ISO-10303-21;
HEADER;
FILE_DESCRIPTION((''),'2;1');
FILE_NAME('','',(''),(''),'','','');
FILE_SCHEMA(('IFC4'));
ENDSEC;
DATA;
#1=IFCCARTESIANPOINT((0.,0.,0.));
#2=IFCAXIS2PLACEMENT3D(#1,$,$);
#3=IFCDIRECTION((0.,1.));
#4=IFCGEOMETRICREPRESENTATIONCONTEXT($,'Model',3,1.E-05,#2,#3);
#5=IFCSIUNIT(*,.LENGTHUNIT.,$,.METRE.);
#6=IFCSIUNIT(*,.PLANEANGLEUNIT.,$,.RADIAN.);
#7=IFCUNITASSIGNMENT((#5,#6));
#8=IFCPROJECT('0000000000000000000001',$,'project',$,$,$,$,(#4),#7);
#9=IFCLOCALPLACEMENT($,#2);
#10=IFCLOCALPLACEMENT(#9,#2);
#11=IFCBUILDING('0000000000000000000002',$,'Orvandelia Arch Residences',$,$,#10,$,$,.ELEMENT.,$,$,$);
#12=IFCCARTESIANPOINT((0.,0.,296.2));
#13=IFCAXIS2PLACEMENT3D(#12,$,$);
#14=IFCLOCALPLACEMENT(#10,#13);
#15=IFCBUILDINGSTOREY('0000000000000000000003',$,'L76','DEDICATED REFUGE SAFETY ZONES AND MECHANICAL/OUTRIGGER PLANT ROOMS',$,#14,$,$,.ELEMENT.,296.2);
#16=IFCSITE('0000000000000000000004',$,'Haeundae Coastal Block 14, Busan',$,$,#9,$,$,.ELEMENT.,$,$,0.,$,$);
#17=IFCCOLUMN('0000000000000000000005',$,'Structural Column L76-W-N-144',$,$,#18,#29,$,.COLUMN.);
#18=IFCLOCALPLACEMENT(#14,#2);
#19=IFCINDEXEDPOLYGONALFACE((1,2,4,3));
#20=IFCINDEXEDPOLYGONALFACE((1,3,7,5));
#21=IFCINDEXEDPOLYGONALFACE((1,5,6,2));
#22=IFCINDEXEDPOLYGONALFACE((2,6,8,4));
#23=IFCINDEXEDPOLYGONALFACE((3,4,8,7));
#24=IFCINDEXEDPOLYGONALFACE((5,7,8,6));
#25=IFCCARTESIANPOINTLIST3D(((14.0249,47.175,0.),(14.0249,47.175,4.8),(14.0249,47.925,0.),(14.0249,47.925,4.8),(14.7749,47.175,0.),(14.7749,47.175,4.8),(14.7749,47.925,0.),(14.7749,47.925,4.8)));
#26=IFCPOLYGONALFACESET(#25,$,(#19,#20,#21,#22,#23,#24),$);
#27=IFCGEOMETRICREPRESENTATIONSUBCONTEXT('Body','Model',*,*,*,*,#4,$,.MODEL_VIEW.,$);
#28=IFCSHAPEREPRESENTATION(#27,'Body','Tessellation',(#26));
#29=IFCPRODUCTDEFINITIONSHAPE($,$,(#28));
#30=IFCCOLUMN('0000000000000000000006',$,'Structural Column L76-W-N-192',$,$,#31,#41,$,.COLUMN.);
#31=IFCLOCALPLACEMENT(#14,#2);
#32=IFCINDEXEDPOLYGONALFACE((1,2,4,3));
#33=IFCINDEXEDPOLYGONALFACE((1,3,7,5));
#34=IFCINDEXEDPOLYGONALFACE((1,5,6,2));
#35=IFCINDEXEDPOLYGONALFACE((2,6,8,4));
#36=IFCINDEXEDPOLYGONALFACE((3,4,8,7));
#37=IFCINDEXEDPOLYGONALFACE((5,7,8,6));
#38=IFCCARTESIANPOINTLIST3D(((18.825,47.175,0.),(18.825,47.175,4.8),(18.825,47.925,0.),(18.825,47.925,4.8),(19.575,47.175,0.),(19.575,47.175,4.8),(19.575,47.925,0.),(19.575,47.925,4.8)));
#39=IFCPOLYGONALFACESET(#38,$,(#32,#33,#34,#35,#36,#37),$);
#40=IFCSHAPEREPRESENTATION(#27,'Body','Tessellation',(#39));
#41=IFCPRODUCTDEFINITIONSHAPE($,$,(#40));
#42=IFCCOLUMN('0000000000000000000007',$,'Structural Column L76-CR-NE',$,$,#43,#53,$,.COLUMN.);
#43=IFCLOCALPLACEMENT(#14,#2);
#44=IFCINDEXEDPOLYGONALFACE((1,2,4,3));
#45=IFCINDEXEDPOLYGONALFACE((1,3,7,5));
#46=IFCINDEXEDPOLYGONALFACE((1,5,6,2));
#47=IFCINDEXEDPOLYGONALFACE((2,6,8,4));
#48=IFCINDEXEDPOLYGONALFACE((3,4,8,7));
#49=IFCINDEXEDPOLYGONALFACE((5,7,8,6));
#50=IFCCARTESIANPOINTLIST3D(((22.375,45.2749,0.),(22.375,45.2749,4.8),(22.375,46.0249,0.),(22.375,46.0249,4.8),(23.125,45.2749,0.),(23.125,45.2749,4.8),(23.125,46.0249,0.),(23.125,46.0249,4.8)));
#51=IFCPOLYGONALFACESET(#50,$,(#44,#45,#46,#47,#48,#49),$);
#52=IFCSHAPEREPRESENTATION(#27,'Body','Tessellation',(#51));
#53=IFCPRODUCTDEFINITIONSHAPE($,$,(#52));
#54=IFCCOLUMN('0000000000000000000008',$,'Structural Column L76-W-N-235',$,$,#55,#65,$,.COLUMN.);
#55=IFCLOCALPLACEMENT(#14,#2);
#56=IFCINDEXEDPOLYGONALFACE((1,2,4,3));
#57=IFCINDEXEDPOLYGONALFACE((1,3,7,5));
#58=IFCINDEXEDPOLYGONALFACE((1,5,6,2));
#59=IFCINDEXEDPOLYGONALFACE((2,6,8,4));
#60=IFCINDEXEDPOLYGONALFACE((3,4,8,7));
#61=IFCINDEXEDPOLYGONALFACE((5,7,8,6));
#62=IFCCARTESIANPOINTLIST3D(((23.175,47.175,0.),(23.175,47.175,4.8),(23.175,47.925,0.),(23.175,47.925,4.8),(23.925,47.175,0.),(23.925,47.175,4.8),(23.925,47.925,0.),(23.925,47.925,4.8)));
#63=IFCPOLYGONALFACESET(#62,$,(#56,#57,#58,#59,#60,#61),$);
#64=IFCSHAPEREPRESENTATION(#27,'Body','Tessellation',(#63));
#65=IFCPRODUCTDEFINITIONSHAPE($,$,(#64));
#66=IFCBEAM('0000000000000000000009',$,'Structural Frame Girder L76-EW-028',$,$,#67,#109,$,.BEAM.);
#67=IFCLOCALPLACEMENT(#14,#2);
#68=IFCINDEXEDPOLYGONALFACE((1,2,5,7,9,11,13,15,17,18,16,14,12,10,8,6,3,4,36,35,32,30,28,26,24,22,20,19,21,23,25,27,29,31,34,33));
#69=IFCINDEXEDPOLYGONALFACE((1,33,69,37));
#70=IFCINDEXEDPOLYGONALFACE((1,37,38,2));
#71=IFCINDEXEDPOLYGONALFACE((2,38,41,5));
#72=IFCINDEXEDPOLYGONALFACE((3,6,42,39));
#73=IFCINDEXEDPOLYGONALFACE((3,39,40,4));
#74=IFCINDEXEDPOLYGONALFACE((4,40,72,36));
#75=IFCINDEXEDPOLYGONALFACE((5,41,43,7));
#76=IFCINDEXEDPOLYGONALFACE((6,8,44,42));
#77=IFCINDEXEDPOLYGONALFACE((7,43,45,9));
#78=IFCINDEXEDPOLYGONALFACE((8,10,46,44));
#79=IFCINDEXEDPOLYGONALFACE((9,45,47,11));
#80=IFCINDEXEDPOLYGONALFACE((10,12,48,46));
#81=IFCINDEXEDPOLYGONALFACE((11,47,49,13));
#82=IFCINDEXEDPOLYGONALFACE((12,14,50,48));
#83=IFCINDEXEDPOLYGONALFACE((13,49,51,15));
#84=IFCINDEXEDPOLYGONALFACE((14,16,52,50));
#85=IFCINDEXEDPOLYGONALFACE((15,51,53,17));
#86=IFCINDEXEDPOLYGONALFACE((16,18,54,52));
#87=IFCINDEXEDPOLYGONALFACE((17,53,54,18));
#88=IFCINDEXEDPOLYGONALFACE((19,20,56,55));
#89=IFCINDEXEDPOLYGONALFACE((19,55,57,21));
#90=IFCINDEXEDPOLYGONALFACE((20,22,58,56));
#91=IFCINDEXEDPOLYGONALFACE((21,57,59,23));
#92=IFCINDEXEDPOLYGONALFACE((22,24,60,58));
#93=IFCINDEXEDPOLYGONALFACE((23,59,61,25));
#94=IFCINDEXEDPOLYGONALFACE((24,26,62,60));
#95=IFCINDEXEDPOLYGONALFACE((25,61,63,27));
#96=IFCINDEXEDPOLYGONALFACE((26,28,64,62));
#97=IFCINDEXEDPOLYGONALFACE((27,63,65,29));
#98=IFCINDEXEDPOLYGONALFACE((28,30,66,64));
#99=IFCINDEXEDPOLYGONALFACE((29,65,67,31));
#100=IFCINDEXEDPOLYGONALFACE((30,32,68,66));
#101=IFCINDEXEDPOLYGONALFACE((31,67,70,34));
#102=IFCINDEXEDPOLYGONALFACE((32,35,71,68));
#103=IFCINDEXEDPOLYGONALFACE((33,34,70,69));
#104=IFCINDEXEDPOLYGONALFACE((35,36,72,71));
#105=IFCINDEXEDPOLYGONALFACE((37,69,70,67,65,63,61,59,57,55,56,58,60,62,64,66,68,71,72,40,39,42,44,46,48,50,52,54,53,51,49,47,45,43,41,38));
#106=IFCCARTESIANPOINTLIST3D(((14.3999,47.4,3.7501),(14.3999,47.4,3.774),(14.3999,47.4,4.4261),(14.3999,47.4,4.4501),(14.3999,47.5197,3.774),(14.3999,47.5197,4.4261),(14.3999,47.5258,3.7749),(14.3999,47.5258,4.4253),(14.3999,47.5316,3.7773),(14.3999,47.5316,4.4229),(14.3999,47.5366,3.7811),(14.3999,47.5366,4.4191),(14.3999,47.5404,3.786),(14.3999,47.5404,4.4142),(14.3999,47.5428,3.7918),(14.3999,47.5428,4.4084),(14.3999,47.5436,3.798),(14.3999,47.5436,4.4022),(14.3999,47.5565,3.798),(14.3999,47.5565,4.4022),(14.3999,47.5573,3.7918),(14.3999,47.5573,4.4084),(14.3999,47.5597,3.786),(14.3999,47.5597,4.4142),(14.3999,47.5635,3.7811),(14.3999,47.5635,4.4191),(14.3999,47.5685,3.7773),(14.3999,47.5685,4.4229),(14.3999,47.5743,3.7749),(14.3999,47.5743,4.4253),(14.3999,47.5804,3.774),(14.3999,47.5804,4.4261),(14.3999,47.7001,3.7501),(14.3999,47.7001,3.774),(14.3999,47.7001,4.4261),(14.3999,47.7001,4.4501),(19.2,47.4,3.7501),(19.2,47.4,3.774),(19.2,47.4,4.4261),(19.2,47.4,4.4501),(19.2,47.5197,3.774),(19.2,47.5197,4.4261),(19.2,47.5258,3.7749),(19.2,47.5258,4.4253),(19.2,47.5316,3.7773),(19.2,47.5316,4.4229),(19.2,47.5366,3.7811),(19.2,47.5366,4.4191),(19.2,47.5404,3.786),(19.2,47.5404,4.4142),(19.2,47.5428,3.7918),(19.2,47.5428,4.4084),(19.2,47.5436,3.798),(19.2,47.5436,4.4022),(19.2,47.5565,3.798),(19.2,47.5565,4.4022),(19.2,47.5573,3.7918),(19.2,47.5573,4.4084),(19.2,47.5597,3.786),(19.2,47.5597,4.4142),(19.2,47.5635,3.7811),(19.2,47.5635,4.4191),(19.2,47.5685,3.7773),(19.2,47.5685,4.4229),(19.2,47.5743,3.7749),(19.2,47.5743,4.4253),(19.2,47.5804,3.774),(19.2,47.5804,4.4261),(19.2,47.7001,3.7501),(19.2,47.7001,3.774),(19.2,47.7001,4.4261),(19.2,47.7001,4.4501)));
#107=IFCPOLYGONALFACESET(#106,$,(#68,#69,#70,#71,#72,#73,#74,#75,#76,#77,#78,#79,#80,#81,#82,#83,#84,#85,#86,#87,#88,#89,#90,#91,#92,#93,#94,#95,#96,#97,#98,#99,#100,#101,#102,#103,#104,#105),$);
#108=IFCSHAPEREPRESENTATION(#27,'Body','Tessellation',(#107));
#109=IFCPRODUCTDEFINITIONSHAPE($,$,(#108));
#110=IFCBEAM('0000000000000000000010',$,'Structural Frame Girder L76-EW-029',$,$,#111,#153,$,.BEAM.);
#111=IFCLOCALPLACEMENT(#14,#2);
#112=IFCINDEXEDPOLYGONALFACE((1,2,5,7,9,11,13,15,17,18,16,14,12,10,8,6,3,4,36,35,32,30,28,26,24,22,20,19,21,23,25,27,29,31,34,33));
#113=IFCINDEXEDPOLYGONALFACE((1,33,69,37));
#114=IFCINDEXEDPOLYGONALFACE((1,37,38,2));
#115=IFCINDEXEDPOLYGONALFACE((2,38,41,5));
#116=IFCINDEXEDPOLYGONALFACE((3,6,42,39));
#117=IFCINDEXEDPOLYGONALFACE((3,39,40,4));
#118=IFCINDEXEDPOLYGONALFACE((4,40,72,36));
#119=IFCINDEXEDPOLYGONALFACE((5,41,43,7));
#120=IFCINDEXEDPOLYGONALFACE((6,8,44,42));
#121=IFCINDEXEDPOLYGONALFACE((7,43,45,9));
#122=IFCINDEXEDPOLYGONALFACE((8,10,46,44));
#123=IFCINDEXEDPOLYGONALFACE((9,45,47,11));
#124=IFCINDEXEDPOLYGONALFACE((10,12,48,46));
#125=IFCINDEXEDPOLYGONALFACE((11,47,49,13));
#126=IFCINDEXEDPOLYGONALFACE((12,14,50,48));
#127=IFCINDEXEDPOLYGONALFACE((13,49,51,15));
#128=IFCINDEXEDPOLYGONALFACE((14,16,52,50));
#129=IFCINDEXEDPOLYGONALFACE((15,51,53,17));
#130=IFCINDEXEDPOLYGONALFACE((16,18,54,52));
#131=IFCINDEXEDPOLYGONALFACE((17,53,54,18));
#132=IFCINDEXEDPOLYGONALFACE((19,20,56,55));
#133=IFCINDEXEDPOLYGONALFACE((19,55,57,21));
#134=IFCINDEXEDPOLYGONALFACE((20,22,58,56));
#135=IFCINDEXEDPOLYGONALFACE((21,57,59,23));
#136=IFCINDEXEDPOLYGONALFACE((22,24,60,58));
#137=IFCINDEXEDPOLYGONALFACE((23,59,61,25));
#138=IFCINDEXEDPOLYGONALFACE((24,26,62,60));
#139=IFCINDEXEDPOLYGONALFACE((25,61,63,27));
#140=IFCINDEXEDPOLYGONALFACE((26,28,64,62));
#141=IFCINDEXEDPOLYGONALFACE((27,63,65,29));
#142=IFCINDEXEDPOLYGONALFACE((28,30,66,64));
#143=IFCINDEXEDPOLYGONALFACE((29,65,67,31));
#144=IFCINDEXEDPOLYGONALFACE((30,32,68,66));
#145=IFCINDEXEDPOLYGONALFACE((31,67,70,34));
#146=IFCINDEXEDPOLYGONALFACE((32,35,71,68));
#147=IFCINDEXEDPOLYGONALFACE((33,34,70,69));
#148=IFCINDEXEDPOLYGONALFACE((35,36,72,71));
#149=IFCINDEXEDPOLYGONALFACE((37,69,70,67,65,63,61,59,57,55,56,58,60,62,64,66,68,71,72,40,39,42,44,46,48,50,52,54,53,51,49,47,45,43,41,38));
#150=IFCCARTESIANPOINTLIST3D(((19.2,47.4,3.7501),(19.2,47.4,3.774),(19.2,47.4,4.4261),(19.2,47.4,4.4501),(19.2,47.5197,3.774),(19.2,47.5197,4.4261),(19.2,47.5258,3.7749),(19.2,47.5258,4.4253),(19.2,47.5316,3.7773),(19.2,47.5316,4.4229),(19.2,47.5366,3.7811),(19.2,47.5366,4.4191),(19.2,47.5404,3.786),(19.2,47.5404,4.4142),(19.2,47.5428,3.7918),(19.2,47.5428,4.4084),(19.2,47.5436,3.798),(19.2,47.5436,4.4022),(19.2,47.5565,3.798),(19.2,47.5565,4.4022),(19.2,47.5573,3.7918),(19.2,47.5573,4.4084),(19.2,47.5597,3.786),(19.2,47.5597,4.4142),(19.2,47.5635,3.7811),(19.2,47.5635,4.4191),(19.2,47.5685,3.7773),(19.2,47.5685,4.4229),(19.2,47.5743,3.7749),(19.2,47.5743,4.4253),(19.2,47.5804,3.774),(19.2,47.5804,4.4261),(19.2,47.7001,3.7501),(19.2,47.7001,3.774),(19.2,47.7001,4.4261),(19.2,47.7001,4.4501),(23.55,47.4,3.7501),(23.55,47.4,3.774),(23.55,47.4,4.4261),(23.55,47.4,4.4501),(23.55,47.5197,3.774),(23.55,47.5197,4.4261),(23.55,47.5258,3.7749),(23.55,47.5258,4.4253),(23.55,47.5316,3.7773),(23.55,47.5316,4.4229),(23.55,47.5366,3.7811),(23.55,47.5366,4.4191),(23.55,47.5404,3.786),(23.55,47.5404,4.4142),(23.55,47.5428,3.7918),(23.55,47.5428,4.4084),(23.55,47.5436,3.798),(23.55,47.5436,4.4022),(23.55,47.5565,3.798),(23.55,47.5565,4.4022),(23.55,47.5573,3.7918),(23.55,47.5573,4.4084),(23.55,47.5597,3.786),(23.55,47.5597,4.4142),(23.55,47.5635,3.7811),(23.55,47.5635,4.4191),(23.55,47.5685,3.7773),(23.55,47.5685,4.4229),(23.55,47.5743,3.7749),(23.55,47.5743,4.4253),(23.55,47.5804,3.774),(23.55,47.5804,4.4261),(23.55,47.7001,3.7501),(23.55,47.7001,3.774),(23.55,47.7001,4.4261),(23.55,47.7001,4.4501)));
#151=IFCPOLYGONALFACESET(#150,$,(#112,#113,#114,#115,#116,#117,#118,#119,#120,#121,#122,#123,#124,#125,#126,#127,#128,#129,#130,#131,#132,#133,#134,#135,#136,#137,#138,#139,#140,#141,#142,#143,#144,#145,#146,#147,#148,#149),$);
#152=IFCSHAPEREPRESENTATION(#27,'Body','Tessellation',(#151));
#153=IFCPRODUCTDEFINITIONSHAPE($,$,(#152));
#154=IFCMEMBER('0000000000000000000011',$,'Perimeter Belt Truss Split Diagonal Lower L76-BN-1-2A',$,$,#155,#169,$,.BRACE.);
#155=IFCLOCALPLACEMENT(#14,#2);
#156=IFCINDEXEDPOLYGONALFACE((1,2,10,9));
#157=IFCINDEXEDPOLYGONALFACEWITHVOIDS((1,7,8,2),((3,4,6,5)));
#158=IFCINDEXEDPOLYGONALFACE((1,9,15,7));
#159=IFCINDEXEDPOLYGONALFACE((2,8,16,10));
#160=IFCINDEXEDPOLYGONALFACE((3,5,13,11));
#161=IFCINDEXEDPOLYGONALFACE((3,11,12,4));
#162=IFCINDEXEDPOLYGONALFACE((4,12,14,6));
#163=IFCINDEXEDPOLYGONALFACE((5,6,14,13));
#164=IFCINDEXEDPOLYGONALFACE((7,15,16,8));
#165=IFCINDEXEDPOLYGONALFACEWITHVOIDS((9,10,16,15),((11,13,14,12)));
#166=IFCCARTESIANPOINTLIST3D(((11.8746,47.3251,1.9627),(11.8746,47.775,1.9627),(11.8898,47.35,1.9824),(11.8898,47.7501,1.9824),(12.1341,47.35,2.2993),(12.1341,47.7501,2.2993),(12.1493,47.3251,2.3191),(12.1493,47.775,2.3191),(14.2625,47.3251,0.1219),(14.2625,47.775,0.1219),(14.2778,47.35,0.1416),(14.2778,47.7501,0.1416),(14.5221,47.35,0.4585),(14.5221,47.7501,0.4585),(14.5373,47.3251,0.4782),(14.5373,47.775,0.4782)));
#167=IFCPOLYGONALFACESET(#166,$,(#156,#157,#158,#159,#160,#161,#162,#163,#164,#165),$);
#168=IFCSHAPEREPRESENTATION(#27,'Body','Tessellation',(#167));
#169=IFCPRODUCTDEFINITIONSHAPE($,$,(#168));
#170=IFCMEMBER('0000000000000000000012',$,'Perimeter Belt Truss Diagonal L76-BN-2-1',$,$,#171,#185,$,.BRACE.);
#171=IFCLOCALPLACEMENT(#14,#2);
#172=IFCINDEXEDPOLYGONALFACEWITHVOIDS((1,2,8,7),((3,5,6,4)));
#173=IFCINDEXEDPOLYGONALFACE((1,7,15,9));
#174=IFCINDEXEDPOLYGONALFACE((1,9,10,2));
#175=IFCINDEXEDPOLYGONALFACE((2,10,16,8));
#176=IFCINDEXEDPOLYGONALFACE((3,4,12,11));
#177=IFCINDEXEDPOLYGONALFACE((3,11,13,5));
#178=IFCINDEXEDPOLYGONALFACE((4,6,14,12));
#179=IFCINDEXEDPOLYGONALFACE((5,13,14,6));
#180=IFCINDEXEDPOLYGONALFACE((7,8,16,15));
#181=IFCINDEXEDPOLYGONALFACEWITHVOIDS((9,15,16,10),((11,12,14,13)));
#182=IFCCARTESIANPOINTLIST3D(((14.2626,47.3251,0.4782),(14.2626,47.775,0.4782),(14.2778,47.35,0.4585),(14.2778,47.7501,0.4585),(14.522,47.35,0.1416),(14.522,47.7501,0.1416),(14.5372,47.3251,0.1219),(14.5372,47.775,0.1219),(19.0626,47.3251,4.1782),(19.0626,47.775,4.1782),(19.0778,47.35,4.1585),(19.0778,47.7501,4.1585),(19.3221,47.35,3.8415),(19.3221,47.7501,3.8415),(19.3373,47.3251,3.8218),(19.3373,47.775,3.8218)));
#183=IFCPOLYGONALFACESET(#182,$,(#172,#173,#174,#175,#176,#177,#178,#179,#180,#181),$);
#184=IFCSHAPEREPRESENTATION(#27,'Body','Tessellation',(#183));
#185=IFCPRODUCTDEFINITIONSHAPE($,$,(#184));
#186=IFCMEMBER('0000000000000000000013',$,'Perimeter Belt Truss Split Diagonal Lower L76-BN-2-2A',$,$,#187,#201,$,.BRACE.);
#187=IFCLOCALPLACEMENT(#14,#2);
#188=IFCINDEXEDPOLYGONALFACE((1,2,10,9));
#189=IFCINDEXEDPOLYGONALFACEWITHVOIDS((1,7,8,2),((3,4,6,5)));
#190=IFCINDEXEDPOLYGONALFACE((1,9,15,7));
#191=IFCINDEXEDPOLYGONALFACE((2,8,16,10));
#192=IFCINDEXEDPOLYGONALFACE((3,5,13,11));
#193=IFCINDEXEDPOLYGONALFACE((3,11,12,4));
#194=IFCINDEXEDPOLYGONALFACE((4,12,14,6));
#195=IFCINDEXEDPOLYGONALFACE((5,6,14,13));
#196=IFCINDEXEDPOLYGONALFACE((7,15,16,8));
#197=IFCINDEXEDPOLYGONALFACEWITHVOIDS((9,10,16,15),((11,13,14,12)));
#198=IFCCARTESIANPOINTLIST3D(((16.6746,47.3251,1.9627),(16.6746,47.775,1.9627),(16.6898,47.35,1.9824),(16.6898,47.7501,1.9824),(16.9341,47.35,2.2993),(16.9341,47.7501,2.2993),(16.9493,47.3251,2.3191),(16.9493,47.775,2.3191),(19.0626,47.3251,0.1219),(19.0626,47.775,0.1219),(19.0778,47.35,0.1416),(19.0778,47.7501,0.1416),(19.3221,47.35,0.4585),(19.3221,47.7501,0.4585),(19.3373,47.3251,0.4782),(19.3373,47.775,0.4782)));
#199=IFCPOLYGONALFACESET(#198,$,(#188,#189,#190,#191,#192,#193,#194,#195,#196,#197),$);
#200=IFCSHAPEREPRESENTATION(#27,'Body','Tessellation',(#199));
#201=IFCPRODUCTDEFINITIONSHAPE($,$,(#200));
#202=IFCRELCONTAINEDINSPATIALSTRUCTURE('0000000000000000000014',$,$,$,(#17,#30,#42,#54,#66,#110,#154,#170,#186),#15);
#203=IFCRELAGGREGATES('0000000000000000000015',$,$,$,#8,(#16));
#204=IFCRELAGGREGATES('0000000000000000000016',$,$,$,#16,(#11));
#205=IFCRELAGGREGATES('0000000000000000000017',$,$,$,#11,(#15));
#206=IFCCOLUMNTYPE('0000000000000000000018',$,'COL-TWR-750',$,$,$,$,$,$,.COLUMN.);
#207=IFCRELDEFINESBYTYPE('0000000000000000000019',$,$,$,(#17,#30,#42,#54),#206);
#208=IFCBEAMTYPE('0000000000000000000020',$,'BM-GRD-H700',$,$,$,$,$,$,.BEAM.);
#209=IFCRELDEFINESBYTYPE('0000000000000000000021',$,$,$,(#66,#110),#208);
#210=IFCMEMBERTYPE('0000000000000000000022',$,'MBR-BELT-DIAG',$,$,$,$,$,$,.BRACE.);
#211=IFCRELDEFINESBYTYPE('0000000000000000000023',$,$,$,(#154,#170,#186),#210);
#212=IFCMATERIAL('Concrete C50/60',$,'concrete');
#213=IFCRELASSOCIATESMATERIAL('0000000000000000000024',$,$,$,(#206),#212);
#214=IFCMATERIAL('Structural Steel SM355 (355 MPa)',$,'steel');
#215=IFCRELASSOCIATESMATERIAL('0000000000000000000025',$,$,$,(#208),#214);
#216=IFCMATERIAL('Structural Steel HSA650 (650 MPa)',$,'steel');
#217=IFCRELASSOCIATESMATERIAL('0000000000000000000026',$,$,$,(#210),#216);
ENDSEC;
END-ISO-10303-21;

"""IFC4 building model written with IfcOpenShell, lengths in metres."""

from ifc_helpers import new_model, si_unit, direction, frame, origin, origin_2d, place, context, subcontext, project, spatial, rectangle, hollow_rectangle, i_section, extrude, material, material_profile, profile_set, type_object, element, save


model = new_model("IFC4")

# Units and contexts
model_context = context("Model", 3, precision=1e-05, world=origin(), true_north=direction((0.0, 1.0)))
body_context = subcontext(model_context, "Body", "Model", "MODEL_VIEW")
ifc_project = project(units=[si_unit("LENGTHUNIT", "METRE"), si_unit("PLANEANGLEUNIT", "RADIAN")], contexts=[model_context])

# Site, building, storey
site_placement = place(None, origin())
site = spatial("IfcSite", under=ifc_project, at=site_placement, Name="Haeundae Coastal Block 14, Busan", CompositionType="ELEMENT", RefElevation=0.0)
building_placement = place(site_placement, origin())
building = spatial("IfcBuilding", under=site, at=building_placement, Name="Orvandelia Arch Residences", CompositionType="ELEMENT")
storey_placement = place(building_placement, frame((0.0, 0.0, 296.2)))
storey = spatial("IfcBuildingStorey", under=building, at=storey_placement, Name="L76", Description="DEDICATED REFUGE SAFETY ZONES AND MECHANICAL/OUTRIGGER PLANT ROOMS", CompositionType="ELEMENT", Elevation=296.2)

# Columns
ifc_material_1 = material(Name="Concrete C50/60", Category="concrete")
ifc_material_profile_1 = material_profile(ifc_material_1, rectangle(XDim=0.75, YDim=0.75, at=origin_2d()), Name="Concrete C50/60", Category="concrete")
ifc_profile_set_1 = profile_set([ifc_material_profile_1], Name="Concrete C50/60")
column_type = type_object("IfcColumnType", Name="COL-TWR-750", PredefinedType="COLUMN", material=ifc_profile_set_1)
for number, where, z_axis, x_axis, name in (
    (1, (14.3999, 47.55, 0.0), (0.0, 0.0, 1.0), (1.0, 0.0, 0.0), "Structural Column L76-W-N-144"),
    (2, (19.2, 47.55, 0.0), (0.0, 0.0, 1.0), (1.0, 0.0, 0.0), "Structural Column L76-W-N-192"),
    (3, (22.75, 45.6499, 0.0), (0.0, 0.0, 1.0), (1.0, 0.0, 0.0), "Structural Column L76-CR-NE"),
    (4, (23.55, 47.55, 0.0), (0.0, 0.0, 1.0), (1.0, 0.0, 0.0), "Structural Column L76-W-N-235"),
):
    element("IfcColumn", number, at=place(storey_placement, frame(where, z_axis=z_axis, x_axis=x_axis)), inside=storey, type_object=column_type, Name=name, PredefinedType="COLUMN", context=body_context, shape_type="SweptSolid", body=[
        extrude(rectangle(XDim=0.75, YDim=0.75, at=origin_2d()), origin(), (0.0, 0.0, 1.0), 4.8),
    ])

# Beams
ifc_material_2 = material(Name="Structural Steel SM355 (355 MPa)", Category="steel")
ifc_material_profile_2 = material_profile(ifc_material_2, i_section(OverallWidth=0.3, OverallDepth=0.7, WebThickness=0.0129, FlangeThickness=0.0239, FilletRadius=0.0239, at=origin_2d()), Name="Structural Steel SM355 (355 MPa)", Category="steel")
ifc_profile_set_2 = profile_set([ifc_material_profile_2], Name="Structural Steel SM355 (355 MPa)")
beam_type = type_object("IfcBeamType", Name="BM-GRD-H700", PredefinedType="BEAM", material=ifc_profile_set_2)
beam_1_placement = place(storey_placement, frame((14.3999, 47.55, 4.1001), z_axis=(1.0, 0.0, 0.0), x_axis=(0.0, 1.0, 0.0)))
element("IfcBeam", 5, at=beam_1_placement, inside=storey, type_object=beam_type, Name="Structural Frame Girder L76-EW-028", PredefinedType="BEAM", context=body_context, shape_type="SweptSolid", body=[
    extrude(i_section(OverallWidth=0.3, OverallDepth=0.7, WebThickness=0.0129, FlangeThickness=0.0239, FilletRadius=0.0239, at=origin_2d()), origin(), (0.0, 0.0, 1.0), 4.8),
])
beam_2_placement = place(storey_placement, frame((19.2, 47.55, 4.1001), z_axis=(1.0, 0.0, 0.0), x_axis=(0.0, 1.0, 0.0)))
element("IfcBeam", 6, at=beam_2_placement, inside=storey, type_object=beam_type, Name="Structural Frame Girder L76-EW-029", PredefinedType="BEAM", context=body_context, shape_type="SweptSolid", body=[
    extrude(i_section(OverallWidth=0.3, OverallDepth=0.7, WebThickness=0.0129, FlangeThickness=0.0239, FilletRadius=0.0239, at=origin_2d()), origin(), (0.0, 0.0, 1.0), 4.3501),
])

# Members
ifc_material_3 = material(Name="Structural Steel HSA650 (650 MPa)", Category="steel")
ifc_material_profile_3 = material_profile(ifc_material_3, hollow_rectangle(XDim=0.45, YDim=0.45, WallThickness=0.0249, at=origin_2d()), Name="Structural Steel HSA650 (650 MPa)", Category="steel")
ifc_profile_set_3 = profile_set([ifc_material_profile_3], Name="Structural Steel HSA650 (650 MPa)")
member_type_1 = type_object("IfcMemberType", Name="MBR-BELT-DIAG", PredefinedType="BRACE", material=ifc_profile_set_3)
member_1_placement = place(storey_placement, frame((14.3999, 47.55, 0.3), z_axis=(-0.791991, 0.0, 0.610532), x_axis=(0.0, -1.0, 0.0)))
element("IfcMember", 7, at=member_1_placement, inside=storey, type_object=member_type_1, Name="Perimeter Belt Truss Split Diagonal Lower L76-BN-1-2A", PredefinedType="BRACE", context=body_context, shape_type="SweptSolid", body=[
    extrude(hollow_rectangle(XDim=0.45, YDim=0.45, WallThickness=0.0249, at=origin_2d()), origin(), (0.0, 0.0, 1.0), 3.0151),
])
member_2_placement = place(storey_placement, frame((14.3999, 47.55, 0.3), z_axis=(0.792017, 0.0, 0.610499), x_axis=(0.0, 1.0, 0.0)))
element("IfcMember", 8, at=member_2_placement, inside=storey, type_object=member_type_1, Name="Perimeter Belt Truss Diagonal L76-BN-2-1", PredefinedType="BRACE", context=body_context, shape_type="SweptSolid", body=[
    extrude(hollow_rectangle(XDim=0.45, YDim=0.45, WallThickness=0.0249, at=origin_2d()), origin(), (0.0, 0.0, 1.0), 6.0605),
])
member_3_placement = place(storey_placement, frame((19.2, 47.55, 0.3), z_axis=(-0.791991, 0.0, 0.610532), x_axis=(0.0, -1.0, 0.0)))
element("IfcMember", 9, at=member_3_placement, inside=storey, type_object=member_type_1, Name="Perimeter Belt Truss Split Diagonal Lower L76-BN-2-2A", PredefinedType="BRACE", context=body_context, shape_type="SweptSolid", body=[
    extrude(hollow_rectangle(XDim=0.45, YDim=0.45, WallThickness=0.0249, at=origin_2d()), origin(), (0.0, 0.0, 1.0), 3.0151),
])

save(model, "model.ifc")
